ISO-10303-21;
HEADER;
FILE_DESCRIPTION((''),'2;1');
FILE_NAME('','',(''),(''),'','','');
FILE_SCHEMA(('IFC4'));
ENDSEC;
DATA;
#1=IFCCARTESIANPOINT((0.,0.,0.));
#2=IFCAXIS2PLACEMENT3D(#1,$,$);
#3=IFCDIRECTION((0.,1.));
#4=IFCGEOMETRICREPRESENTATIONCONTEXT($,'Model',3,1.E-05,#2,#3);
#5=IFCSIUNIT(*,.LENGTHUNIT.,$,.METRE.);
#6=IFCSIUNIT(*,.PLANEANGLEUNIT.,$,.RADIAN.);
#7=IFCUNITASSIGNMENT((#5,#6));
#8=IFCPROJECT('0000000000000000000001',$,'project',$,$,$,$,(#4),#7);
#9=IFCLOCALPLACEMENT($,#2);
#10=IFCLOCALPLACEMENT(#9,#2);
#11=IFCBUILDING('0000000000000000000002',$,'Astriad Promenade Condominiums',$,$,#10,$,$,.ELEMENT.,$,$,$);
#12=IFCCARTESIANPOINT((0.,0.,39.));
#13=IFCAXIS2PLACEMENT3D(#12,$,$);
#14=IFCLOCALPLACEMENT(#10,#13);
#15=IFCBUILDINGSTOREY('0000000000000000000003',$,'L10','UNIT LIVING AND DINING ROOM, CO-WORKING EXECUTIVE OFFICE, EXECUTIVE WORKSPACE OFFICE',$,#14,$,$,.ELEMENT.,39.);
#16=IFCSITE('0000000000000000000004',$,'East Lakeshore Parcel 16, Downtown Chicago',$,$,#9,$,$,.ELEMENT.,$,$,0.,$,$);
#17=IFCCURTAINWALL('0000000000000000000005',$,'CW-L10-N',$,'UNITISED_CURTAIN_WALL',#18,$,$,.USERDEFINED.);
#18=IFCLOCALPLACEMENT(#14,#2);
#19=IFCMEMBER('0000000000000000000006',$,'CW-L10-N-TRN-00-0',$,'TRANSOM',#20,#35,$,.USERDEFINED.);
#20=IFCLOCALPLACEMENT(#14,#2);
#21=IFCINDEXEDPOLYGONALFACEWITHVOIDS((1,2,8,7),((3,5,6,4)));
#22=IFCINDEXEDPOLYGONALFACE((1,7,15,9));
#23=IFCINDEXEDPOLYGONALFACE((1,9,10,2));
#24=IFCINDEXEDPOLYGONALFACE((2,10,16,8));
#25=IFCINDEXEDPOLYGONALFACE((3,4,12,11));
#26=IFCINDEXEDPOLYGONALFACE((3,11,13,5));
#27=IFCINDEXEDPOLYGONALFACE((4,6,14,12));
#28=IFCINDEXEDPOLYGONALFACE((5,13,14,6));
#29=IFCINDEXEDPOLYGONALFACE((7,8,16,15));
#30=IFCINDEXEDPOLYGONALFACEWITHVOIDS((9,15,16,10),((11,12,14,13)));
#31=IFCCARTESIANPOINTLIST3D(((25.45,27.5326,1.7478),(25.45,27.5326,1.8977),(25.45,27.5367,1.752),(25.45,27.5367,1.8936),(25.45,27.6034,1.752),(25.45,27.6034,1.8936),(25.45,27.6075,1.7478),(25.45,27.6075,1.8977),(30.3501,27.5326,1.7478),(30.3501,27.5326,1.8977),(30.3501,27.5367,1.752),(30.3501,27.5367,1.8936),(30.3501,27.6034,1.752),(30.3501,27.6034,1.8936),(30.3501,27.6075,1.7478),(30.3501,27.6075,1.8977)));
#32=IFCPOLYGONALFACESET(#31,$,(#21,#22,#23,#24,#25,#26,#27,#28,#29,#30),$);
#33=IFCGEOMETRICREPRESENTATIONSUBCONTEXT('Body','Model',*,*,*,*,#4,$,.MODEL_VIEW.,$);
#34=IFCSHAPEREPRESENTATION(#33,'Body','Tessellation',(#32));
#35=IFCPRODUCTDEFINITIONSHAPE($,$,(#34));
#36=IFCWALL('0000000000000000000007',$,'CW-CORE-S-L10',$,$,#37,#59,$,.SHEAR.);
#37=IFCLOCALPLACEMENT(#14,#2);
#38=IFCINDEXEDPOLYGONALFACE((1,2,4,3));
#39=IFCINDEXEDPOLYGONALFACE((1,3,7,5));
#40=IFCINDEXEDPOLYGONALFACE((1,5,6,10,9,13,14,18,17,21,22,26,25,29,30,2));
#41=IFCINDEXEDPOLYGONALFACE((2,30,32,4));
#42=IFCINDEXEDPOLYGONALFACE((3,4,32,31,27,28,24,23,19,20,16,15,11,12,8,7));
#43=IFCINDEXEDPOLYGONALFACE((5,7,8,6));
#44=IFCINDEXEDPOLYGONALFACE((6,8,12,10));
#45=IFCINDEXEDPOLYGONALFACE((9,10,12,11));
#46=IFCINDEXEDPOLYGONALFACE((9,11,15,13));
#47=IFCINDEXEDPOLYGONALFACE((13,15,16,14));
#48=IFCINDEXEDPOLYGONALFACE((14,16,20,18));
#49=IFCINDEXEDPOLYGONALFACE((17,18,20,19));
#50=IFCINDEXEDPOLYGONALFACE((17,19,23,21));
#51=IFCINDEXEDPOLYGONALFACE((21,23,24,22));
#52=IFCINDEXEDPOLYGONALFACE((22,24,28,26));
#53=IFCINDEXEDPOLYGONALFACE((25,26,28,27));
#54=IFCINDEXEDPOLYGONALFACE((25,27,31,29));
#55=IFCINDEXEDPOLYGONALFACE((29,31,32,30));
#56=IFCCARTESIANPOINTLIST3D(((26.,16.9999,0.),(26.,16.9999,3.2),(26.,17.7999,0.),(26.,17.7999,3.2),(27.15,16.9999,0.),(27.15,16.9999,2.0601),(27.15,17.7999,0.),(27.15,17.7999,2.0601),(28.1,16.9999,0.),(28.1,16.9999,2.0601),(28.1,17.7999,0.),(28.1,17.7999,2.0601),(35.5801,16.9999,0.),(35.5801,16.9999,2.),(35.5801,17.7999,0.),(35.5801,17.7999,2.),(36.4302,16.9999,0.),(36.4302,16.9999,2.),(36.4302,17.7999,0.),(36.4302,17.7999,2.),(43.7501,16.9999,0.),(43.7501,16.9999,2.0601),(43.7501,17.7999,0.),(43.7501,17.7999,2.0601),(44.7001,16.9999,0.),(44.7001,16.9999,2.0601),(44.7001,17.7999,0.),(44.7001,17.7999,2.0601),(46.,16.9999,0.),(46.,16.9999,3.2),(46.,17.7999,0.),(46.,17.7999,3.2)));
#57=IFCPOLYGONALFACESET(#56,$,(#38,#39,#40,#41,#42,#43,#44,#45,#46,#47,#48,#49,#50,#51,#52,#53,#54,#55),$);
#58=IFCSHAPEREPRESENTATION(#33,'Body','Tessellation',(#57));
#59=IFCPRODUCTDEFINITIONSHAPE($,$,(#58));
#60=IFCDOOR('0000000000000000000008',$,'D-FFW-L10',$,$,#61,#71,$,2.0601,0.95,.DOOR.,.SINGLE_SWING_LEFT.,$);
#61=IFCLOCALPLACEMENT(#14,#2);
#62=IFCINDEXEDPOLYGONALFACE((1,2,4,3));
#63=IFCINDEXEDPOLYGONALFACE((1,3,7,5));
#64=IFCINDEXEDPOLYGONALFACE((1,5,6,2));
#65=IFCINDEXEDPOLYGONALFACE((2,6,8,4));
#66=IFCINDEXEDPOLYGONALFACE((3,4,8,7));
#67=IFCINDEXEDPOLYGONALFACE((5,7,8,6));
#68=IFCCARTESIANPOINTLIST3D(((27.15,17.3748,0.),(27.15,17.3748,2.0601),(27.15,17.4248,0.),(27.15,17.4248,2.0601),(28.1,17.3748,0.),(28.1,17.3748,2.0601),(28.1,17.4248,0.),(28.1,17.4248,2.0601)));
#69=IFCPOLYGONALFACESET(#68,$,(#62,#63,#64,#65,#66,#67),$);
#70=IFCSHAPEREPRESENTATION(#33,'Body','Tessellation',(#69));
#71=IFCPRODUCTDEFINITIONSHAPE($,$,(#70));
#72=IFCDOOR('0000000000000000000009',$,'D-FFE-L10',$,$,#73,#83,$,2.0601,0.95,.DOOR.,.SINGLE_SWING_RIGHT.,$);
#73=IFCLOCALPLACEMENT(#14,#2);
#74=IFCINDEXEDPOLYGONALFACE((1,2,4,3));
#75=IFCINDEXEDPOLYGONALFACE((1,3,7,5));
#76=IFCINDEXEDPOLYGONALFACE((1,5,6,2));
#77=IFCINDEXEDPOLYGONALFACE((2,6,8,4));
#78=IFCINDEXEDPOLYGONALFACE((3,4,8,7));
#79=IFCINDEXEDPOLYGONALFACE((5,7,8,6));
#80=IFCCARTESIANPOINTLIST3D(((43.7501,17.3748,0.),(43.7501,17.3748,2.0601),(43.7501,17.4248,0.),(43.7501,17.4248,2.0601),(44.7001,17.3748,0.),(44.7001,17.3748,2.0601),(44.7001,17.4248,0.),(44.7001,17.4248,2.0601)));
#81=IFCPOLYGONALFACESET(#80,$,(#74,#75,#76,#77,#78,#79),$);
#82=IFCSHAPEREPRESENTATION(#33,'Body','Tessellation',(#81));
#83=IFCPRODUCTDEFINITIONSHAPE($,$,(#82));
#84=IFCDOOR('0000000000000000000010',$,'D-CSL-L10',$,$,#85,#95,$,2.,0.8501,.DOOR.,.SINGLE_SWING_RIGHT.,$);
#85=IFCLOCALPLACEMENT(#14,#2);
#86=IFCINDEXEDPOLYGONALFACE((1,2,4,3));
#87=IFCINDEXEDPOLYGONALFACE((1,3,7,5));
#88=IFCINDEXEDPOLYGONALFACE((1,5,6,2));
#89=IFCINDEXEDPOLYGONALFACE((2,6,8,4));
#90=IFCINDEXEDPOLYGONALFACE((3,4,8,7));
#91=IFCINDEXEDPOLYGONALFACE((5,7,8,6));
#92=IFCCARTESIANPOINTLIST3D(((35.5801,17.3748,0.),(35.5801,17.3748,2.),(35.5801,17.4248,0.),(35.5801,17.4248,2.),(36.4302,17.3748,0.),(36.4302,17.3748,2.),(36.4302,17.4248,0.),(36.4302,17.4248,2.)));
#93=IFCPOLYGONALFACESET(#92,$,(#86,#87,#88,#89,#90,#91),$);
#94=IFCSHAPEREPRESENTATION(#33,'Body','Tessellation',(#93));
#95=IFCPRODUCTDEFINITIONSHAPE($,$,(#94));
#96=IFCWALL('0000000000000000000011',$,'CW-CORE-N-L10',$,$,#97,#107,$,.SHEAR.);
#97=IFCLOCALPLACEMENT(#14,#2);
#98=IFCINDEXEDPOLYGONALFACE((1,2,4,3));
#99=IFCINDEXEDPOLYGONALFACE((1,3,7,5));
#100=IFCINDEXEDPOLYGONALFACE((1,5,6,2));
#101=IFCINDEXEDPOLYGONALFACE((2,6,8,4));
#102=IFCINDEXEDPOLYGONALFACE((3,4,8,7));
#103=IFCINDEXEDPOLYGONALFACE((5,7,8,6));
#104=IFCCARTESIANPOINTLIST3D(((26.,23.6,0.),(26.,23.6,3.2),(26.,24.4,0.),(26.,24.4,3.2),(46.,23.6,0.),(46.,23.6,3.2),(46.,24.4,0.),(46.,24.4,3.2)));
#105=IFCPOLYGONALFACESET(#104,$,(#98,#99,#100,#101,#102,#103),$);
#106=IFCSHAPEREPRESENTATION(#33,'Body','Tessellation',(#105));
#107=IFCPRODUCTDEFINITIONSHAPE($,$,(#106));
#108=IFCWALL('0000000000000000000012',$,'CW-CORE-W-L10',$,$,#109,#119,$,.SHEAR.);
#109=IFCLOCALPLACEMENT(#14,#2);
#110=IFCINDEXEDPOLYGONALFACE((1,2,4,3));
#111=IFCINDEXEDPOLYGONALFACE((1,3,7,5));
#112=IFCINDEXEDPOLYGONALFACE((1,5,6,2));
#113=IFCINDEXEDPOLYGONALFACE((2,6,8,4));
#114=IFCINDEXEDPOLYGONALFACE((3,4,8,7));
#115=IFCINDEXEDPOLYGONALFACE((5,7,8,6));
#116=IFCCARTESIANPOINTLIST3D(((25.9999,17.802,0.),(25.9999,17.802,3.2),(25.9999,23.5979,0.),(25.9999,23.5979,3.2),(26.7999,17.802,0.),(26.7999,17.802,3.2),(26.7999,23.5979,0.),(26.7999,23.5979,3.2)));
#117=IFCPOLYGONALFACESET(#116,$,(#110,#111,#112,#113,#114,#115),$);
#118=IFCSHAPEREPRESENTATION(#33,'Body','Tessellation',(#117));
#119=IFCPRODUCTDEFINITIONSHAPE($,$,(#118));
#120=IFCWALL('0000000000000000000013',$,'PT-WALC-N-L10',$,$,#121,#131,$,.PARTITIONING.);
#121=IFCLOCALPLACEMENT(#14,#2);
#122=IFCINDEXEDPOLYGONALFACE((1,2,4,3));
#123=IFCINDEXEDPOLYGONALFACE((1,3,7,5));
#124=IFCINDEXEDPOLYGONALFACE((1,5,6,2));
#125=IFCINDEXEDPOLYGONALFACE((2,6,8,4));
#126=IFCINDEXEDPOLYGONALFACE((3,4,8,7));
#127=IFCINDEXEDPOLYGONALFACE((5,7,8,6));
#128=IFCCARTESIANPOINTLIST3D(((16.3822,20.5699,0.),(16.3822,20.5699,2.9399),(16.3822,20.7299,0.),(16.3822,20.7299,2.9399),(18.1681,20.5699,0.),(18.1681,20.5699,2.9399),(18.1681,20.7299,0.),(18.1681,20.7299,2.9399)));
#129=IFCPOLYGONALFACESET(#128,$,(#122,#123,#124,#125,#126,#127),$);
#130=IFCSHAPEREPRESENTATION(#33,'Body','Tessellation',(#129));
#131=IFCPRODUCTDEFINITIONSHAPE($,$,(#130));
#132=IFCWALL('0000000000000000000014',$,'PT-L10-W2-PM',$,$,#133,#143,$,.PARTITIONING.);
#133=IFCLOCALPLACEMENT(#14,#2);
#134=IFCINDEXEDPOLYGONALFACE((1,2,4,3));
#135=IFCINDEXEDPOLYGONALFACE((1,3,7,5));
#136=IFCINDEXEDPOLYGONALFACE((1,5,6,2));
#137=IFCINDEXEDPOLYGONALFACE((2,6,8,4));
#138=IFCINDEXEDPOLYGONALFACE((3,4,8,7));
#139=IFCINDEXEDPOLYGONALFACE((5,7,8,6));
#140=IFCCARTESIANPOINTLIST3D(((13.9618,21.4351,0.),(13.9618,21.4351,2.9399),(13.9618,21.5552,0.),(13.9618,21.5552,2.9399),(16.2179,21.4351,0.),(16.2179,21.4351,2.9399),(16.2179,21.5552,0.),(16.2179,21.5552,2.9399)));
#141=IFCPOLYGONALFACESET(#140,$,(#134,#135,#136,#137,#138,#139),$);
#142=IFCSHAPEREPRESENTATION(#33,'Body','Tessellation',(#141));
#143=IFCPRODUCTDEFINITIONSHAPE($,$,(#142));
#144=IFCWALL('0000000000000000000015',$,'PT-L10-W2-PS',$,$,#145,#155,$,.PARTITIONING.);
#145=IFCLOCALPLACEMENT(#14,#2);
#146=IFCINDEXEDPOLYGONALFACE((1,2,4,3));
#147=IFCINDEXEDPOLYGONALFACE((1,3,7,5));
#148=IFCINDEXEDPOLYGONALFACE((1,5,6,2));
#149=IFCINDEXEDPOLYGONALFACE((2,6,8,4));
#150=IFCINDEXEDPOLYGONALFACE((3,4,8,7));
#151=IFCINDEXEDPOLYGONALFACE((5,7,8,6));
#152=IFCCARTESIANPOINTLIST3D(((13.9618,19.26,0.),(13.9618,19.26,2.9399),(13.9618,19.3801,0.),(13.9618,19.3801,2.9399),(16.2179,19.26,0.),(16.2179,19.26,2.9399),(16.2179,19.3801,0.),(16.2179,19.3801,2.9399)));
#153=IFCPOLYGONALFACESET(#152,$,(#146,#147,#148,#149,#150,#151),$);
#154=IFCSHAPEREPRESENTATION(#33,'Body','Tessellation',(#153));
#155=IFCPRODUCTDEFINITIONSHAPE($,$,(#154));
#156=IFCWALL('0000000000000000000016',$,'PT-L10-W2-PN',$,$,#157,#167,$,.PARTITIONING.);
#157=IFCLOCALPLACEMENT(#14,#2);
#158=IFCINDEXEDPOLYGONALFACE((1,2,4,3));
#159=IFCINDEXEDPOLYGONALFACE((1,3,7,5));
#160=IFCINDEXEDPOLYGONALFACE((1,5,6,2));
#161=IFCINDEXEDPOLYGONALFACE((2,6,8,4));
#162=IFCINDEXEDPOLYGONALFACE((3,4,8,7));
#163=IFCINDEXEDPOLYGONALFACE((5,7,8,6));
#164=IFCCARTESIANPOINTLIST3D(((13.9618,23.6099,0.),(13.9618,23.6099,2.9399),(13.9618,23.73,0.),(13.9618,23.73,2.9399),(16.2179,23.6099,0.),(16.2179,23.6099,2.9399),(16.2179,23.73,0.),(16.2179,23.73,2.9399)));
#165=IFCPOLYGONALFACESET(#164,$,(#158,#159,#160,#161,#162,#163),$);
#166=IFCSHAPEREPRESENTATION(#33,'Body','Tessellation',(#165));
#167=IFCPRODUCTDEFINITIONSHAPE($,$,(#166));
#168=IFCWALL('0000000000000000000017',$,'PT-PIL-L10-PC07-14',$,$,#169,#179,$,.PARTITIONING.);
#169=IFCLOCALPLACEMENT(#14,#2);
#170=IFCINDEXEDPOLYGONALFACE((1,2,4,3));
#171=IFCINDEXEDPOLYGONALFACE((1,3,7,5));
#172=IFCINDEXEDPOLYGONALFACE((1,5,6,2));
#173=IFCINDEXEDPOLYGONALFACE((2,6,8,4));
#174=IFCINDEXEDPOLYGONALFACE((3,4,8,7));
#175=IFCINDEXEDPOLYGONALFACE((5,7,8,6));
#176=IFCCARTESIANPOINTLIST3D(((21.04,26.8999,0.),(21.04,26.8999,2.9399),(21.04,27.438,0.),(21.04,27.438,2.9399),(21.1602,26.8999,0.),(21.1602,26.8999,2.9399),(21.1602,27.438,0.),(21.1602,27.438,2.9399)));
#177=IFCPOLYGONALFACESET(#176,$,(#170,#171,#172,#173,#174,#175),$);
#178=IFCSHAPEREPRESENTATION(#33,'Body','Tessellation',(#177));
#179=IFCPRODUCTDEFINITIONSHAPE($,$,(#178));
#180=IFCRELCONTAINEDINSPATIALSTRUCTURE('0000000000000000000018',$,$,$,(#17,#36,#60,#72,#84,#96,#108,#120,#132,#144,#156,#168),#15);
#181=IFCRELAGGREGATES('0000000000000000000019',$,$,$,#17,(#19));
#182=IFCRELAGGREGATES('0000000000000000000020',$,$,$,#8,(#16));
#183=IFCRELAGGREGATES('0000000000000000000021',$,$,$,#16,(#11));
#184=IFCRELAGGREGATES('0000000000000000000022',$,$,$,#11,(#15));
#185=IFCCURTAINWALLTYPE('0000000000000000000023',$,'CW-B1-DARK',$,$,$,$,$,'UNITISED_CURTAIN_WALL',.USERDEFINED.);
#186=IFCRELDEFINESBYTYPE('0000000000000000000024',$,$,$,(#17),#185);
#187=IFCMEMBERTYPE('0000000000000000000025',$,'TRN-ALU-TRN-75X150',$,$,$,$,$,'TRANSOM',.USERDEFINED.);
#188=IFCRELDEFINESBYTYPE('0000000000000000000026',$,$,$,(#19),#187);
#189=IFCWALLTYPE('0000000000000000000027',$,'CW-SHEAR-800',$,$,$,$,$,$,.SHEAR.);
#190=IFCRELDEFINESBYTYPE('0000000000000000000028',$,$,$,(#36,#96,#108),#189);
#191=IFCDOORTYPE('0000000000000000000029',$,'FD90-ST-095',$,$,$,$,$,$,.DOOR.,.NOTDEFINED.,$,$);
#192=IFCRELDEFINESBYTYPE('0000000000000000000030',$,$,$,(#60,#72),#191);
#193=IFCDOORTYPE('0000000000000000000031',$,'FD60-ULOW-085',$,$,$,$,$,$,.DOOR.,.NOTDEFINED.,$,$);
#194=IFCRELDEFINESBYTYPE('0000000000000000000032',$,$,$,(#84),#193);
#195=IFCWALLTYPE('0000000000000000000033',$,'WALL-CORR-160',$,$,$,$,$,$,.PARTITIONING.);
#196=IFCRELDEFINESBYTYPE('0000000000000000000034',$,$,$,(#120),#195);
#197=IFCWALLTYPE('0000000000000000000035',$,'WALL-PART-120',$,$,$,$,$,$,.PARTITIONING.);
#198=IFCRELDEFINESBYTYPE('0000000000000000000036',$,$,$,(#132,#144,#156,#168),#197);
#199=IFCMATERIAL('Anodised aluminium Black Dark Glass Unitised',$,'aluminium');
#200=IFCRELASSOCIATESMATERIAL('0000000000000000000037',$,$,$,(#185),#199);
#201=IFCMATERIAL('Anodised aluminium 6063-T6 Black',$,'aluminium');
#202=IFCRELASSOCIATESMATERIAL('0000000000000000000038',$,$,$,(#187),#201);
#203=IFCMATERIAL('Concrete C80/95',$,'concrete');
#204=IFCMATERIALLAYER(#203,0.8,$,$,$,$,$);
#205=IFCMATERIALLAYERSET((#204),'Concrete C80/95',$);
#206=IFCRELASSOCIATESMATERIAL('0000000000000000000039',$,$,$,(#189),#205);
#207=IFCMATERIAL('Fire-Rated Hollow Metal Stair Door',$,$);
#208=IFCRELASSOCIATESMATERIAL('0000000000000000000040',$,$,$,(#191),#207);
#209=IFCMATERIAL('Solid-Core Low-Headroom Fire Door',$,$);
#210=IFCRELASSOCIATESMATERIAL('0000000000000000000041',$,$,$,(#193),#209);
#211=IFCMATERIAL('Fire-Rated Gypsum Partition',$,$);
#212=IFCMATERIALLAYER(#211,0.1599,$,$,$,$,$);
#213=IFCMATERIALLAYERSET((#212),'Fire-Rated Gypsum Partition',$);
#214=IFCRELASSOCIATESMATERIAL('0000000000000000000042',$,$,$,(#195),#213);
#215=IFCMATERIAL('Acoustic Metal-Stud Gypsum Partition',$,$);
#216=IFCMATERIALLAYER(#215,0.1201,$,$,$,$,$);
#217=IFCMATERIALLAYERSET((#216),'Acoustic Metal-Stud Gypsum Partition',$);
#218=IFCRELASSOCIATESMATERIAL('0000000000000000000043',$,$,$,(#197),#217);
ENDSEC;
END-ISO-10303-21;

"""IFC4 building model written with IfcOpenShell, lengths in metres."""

from ifc_helpers import new_model, si_unit, direction, frame, frame_2d, origin, origin_2d, place, context, subcontext, project, spatial, rectangle, hollow_rectangle, extrude, source, transform, mapped, material, layer, layer_set, material_profile, profile_set, type_object, type_shapes, element, fill, aggregate, save


model = new_model("IFC4")

# Units and contexts
model_context = context("Model", 3, precision=1e-05, world=origin(), true_north=direction((0.0, 1.0)))
body_context = subcontext(model_context, "Body", "Model", "MODEL_VIEW")
ifc_project = project(units=[si_unit("LENGTHUNIT", "METRE"), si_unit("PLANEANGLEUNIT", "RADIAN")], contexts=[model_context])

# Site, building, storey
site_placement = place(None, origin())
site = spatial("IfcSite", under=ifc_project, at=site_placement, Name="East Lakeshore Parcel 16, Downtown Chicago", CompositionType="ELEMENT", RefElevation=0.0)
building_placement = place(site_placement, origin())
building = spatial("IfcBuilding", under=site, at=building_placement, Name="Astriad Promenade Condominiums", CompositionType="ELEMENT")
storey_placement = place(building_placement, frame((0.0, 0.0, 39.0)))
storey = spatial("IfcBuildingStorey", under=building, at=storey_placement, Name="L10", Description="UNIT LIVING AND DINING ROOM, CO-WORKING EXECUTIVE OFFICE, EXECUTIVE WORKSPACE OFFICE", CompositionType="ELEMENT", Elevation=39.0)

# Shared definitions
ifc_material_1 = material(Name="Concrete C80/95", Category="concrete")

# Curtain wall, member
ifc_material_2 = material(Name="Anodised aluminium Black Dark Glass Unitised", Category="aluminium")
curtain_wall_type = type_object("IfcCurtainWallType", Name="CW-B1-DARK", ElementType="UNITISED_CURTAIN_WALL", PredefinedType="USERDEFINED", material=ifc_material_2)
curtain_wall_placement = place(storey_placement, origin())
curtain_wall = element("IfcCurtainWall", 1, at=curtain_wall_placement, inside=storey, type_object=curtain_wall_type, Name="CW-L10-N", ObjectType="UNITISED_CURTAIN_WALL", PredefinedType="USERDEFINED")
ifc_material_3 = material(Name="Anodised aluminium 6063-T6 Black", Category="aluminium")
ifc_material_profile_1 = material_profile(ifc_material_3, hollow_rectangle(XDim=0.075, YDim=0.1499, WallThickness=0.0042, at=origin_2d()), Name="ALU-TRN-75X150")
ifc_profile_set_1 = profile_set([ifc_material_profile_1], Name="Anodised aluminium 6063-T6 Black")
member_type_1 = type_object("IfcMemberType", Name="TRN-ALU-TRN-75X150", ElementType="TRANSOM", PredefinedType="USERDEFINED", material=ifc_profile_set_1)
shared_shape_1 = source(origin(), body_context, "Body", "SweptSolid", [
    extrude(hollow_rectangle(XDim=0.075, YDim=0.1499, WallThickness=0.0042, at=origin_2d()), origin(), (0.0, 0.0, 1.0), 4.9001),
])
type_shapes(member_type_1, [shared_shape_1])
member_1_placement = place(storey_placement, frame((25.45, 27.5701, 1.8228), z_axis=(1.0, 0.0, 0.0), x_axis=(0.0, 1.0, 0.0)))
member_1 = element("IfcMember", 2, at=member_1_placement, type_object=member_type_1, Name="CW-L10-N-TRN-00-0", ObjectType="TRANSOM", PredefinedType="USERDEFINED", context=body_context, shape_type="MappedRepresentation", body=[
    mapped(shared_shape_1, transform((0.0, 0.0, 0.0), scale=1.0)),
])
aggregate(curtain_wall, [member_1])

# Wall, openings, doors
ifc_layer_1 = layer(ifc_material_1, 0.8)
ifc_layer_set_1 = layer_set([ifc_layer_1], Name="Concrete C80/95")
wall_type_1 = type_object("IfcWallType", Name="CW-SHEAR-800", PredefinedType="SHEAR", material=ifc_layer_set_1)
wall_1_placement = place(storey_placement, frame((26.0, 17.3999, 0.0), z_axis=(0.0, 0.0, 1.0), x_axis=(1.0, 0.0, 0.0)))
wall_1 = element("IfcWall", 3, at=wall_1_placement, inside=storey, type_object=wall_type_1, Name="CW-CORE-S-L10", PredefinedType="SHEAR", context=body_context, shape_type="SweptSolid", body=[
    extrude(rectangle(XDim=20.0, YDim=0.8, at=frame_2d((10.0, 0.0))), origin(), (0.0, 0.0, 1.0), 3.2),
])
opening_1_placement = place(wall_1_placement, frame((1.1499, 0.0, 0.0)))
opening_1 = element("IfcOpeningElement", 4, at=opening_1_placement, cuts=wall_1, PredefinedType="OPENING", context=body_context, shape_type="SweptSolid", body=[
    extrude(rectangle(XDim=0.95, YDim=2.0601, at=frame_2d((0.4751, 1.03))), frame((0.0, 0.4099, 0.0), z_axis=(0.0, -1.0, 0.0), x_axis=(1.0, 0.0, 0.0)), (0.0, 0.0, 1.0), 0.8201),
])
opening_2_placement = place(wall_1_placement, frame((9.5801, 0.0, 0.0)))
opening_2 = element("IfcOpeningElement", 5, at=opening_2_placement, cuts=wall_1, PredefinedType="OPENING", context=body_context, shape_type="SweptSolid", body=[
    extrude(rectangle(XDim=0.8501, YDim=2.0, at=frame_2d((0.425, 1.0))), frame((0.0, 0.4099, 0.0), z_axis=(0.0, -1.0, 0.0), x_axis=(1.0, 0.0, 0.0)), (0.0, 0.0, 1.0), 0.8201),
])
opening_3_placement = place(wall_1_placement, frame((17.75, 0.0, 0.0)))
opening_3 = element("IfcOpeningElement", 6, at=opening_3_placement, cuts=wall_1, PredefinedType="OPENING", context=body_context, shape_type="SweptSolid", body=[
    extrude(rectangle(XDim=0.95, YDim=2.0601, at=frame_2d((0.4751, 1.03))), frame((0.0, 0.4099, 0.0), z_axis=(0.0, -1.0, 0.0), x_axis=(1.0, 0.0, 0.0)), (0.0, 0.0, 1.0), 0.8201),
])
ifc_material_4 = material(Name="Fire-Rated Hollow Metal Stair Door")
door_type_1 = type_object("IfcDoorType", Name="FD90-ST-095", OperationType="NOTDEFINED", PredefinedType="DOOR", material=ifc_material_4)
shared_shape_2 = source(origin(), body_context, "Body", "SweptSolid", [
    extrude(rectangle(XDim=0.95, YDim=2.0601, at=frame_2d((0.4751, 1.03))), frame((0.0, 0.0249, 0.0), z_axis=(0.0, -1.0, 0.0), x_axis=(1.0, 0.0, 0.0)), (0.0, 0.0, 1.0), 0.05),
])
type_shapes(door_type_1, [shared_shape_2])
door_1_placement = place(opening_1_placement, origin())
door_1 = element("IfcDoor", 7, at=door_1_placement, inside=storey, type_object=door_type_1, Name="D-FFW-L10", OperationType="SINGLE_SWING_LEFT", OverallHeight=2.0601, OverallWidth=0.95, PredefinedType="DOOR", context=body_context, shape_type="MappedRepresentation", body=[
    mapped(shared_shape_2, transform((0.0, 0.0, 0.0), scale=1.0)),
])
fill(opening_1, door_1)
door_2_placement = place(opening_3_placement, origin())
door_2 = element("IfcDoor", 8, at=door_2_placement, inside=storey, type_object=door_type_1, Name="D-FFE-L10", OperationType="SINGLE_SWING_RIGHT", OverallHeight=2.0601, OverallWidth=0.95, PredefinedType="DOOR", context=body_context, shape_type="MappedRepresentation", body=[
    mapped(shared_shape_2, transform((0.0, 0.0, 0.0), scale=1.0)),
])
fill(opening_3, door_2)
ifc_material_5 = material(Name="Solid-Core Low-Headroom Fire Door")
door_type_2 = type_object("IfcDoorType", Name="FD60-ULOW-085", OperationType="NOTDEFINED", PredefinedType="DOOR", material=ifc_material_5)
shared_shape_3 = source(origin(), body_context, "Body", "SweptSolid", [
    extrude(rectangle(XDim=0.8501, YDim=2.0, at=frame_2d((0.425, 1.0))), frame((0.0, 0.0249, 0.0), z_axis=(0.0, -1.0, 0.0), x_axis=(1.0, 0.0, 0.0)), (0.0, 0.0, 1.0), 0.05),
])
type_shapes(door_type_2, [shared_shape_3])
door_3_placement = place(opening_2_placement, origin())
door_3 = element("IfcDoor", 9, at=door_3_placement, inside=storey, type_object=door_type_2, Name="D-CSL-L10", OperationType="SINGLE_SWING_RIGHT", OverallHeight=2.0, OverallWidth=0.8501, PredefinedType="DOOR", context=body_context, shape_type="MappedRepresentation", body=[
    mapped(shared_shape_3, transform((0.0, 0.0, 0.0), scale=1.0)),
])
fill(opening_2, door_3)

# Walls
wall_2_placement = place(storey_placement, frame((26.0, 24.0, 0.0), z_axis=(0.0, 0.0, 1.0), x_axis=(1.0, 0.0, 0.0)))
element("IfcWall", 10, at=wall_2_placement, inside=storey, type_object=wall_type_1, Name="CW-CORE-N-L10", PredefinedType="SHEAR", context=body_context, shape_type="SweptSolid", body=[
    extrude(rectangle(XDim=20.0, YDim=0.8, at=frame_2d((10.0, 0.0))), origin(), (0.0, 0.0, 1.0), 3.2),
])
wall_3_placement = place(storey_placement, frame((26.3999, 17.802, 0.0), z_axis=(0.0, 0.0, 1.0), x_axis=(0.0, 1.0, 0.0)))
element("IfcWall", 11, at=wall_3_placement, inside=storey, type_object=wall_type_1, Name="CW-CORE-W-L10", PredefinedType="SHEAR", context=body_context, shape_type="SweptSolid", body=[
    extrude(rectangle(XDim=5.7959, YDim=0.8, at=frame_2d((2.8979, 0.0))), origin(), (0.0, 0.0, 1.0), 3.2),
])
ifc_material_6 = material(Name="Fire-Rated Gypsum Partition")
ifc_layer_2 = layer(ifc_material_6, 0.1599)
ifc_layer_set_2 = layer_set([ifc_layer_2], Name="Fire-Rated Gypsum Partition")
wall_type_2 = type_object("IfcWallType", Name="WALL-CORR-160", PredefinedType="PARTITIONING", material=ifc_layer_set_2)
wall_4_placement = place(storey_placement, frame((16.3821, 20.6499, 0.0), z_axis=(0.0, 0.0, 1.0), x_axis=(1.0, 0.0, 0.0)))
element("IfcWall", 12, at=wall_4_placement, inside=storey, type_object=wall_type_2, Name="PT-WALC-N-L10", PredefinedType="PARTITIONING", context=body_context, shape_type="SweptSolid", body=[
    extrude(rectangle(XDim=1.7859, YDim=0.1599, at=frame_2d((0.8931, 0.0))), origin(), (0.0, 0.0, 1.0), 2.9399),
])
ifc_material_7 = material(Name="Acoustic Metal-Stud Gypsum Partition")
ifc_layer_3 = layer(ifc_material_7, 0.1201)
ifc_layer_set_3 = layer_set([ifc_layer_3], Name="Acoustic Metal-Stud Gypsum Partition")
wall_type_3 = type_object("IfcWallType", Name="WALL-PART-120", PredefinedType="PARTITIONING", material=ifc_layer_set_3)
for number, where, z_axis, x_axis, name in (
    (13, (13.9619, 21.4951, 0.0), (0.0, 0.0, 1.0), (1.0, 0.0, 0.0), "PT-L10-W2-PM"),
    (14, (13.9619, 19.3201, 0.0), (0.0, 0.0, 1.0), (1.0, 0.0, 0.0), "PT-L10-W2-PS"),
    (15, (13.9619, 23.6699, 0.0), (0.0, 0.0, 1.0), (1.0, 0.0, 0.0), "PT-L10-W2-PN"),
):
    element("IfcWall", number, at=place(storey_placement, frame(where, z_axis=z_axis, x_axis=x_axis)), inside=storey, type_object=wall_type_3, Name=name, PredefinedType="PARTITIONING", context=body_context, shape_type="SweptSolid", body=[
        extrude(rectangle(XDim=2.2561, YDim=0.1201, at=frame_2d((1.1279, 0.0))), origin(), (0.0, 0.0, 1.0), 2.9399),
    ])
wall_5_placement = place(storey_placement, frame((21.1001, 26.8999, 0.0), z_axis=(0.0, 0.0, 1.0), x_axis=(0.0, 1.0, 0.0)))
element("IfcWall", 16, at=wall_5_placement, inside=storey, type_object=wall_type_3, Name="PT-PIL-L10-PC07-14", PredefinedType="PARTITIONING", context=body_context, shape_type="SweptSolid", body=[
    extrude(rectangle(XDim=0.5381, YDim=0.1201, at=frame_2d((0.269, 0.0))), origin(), (0.0, 0.0, 1.0), 2.9399),
])

save(model, "model.ifc")
